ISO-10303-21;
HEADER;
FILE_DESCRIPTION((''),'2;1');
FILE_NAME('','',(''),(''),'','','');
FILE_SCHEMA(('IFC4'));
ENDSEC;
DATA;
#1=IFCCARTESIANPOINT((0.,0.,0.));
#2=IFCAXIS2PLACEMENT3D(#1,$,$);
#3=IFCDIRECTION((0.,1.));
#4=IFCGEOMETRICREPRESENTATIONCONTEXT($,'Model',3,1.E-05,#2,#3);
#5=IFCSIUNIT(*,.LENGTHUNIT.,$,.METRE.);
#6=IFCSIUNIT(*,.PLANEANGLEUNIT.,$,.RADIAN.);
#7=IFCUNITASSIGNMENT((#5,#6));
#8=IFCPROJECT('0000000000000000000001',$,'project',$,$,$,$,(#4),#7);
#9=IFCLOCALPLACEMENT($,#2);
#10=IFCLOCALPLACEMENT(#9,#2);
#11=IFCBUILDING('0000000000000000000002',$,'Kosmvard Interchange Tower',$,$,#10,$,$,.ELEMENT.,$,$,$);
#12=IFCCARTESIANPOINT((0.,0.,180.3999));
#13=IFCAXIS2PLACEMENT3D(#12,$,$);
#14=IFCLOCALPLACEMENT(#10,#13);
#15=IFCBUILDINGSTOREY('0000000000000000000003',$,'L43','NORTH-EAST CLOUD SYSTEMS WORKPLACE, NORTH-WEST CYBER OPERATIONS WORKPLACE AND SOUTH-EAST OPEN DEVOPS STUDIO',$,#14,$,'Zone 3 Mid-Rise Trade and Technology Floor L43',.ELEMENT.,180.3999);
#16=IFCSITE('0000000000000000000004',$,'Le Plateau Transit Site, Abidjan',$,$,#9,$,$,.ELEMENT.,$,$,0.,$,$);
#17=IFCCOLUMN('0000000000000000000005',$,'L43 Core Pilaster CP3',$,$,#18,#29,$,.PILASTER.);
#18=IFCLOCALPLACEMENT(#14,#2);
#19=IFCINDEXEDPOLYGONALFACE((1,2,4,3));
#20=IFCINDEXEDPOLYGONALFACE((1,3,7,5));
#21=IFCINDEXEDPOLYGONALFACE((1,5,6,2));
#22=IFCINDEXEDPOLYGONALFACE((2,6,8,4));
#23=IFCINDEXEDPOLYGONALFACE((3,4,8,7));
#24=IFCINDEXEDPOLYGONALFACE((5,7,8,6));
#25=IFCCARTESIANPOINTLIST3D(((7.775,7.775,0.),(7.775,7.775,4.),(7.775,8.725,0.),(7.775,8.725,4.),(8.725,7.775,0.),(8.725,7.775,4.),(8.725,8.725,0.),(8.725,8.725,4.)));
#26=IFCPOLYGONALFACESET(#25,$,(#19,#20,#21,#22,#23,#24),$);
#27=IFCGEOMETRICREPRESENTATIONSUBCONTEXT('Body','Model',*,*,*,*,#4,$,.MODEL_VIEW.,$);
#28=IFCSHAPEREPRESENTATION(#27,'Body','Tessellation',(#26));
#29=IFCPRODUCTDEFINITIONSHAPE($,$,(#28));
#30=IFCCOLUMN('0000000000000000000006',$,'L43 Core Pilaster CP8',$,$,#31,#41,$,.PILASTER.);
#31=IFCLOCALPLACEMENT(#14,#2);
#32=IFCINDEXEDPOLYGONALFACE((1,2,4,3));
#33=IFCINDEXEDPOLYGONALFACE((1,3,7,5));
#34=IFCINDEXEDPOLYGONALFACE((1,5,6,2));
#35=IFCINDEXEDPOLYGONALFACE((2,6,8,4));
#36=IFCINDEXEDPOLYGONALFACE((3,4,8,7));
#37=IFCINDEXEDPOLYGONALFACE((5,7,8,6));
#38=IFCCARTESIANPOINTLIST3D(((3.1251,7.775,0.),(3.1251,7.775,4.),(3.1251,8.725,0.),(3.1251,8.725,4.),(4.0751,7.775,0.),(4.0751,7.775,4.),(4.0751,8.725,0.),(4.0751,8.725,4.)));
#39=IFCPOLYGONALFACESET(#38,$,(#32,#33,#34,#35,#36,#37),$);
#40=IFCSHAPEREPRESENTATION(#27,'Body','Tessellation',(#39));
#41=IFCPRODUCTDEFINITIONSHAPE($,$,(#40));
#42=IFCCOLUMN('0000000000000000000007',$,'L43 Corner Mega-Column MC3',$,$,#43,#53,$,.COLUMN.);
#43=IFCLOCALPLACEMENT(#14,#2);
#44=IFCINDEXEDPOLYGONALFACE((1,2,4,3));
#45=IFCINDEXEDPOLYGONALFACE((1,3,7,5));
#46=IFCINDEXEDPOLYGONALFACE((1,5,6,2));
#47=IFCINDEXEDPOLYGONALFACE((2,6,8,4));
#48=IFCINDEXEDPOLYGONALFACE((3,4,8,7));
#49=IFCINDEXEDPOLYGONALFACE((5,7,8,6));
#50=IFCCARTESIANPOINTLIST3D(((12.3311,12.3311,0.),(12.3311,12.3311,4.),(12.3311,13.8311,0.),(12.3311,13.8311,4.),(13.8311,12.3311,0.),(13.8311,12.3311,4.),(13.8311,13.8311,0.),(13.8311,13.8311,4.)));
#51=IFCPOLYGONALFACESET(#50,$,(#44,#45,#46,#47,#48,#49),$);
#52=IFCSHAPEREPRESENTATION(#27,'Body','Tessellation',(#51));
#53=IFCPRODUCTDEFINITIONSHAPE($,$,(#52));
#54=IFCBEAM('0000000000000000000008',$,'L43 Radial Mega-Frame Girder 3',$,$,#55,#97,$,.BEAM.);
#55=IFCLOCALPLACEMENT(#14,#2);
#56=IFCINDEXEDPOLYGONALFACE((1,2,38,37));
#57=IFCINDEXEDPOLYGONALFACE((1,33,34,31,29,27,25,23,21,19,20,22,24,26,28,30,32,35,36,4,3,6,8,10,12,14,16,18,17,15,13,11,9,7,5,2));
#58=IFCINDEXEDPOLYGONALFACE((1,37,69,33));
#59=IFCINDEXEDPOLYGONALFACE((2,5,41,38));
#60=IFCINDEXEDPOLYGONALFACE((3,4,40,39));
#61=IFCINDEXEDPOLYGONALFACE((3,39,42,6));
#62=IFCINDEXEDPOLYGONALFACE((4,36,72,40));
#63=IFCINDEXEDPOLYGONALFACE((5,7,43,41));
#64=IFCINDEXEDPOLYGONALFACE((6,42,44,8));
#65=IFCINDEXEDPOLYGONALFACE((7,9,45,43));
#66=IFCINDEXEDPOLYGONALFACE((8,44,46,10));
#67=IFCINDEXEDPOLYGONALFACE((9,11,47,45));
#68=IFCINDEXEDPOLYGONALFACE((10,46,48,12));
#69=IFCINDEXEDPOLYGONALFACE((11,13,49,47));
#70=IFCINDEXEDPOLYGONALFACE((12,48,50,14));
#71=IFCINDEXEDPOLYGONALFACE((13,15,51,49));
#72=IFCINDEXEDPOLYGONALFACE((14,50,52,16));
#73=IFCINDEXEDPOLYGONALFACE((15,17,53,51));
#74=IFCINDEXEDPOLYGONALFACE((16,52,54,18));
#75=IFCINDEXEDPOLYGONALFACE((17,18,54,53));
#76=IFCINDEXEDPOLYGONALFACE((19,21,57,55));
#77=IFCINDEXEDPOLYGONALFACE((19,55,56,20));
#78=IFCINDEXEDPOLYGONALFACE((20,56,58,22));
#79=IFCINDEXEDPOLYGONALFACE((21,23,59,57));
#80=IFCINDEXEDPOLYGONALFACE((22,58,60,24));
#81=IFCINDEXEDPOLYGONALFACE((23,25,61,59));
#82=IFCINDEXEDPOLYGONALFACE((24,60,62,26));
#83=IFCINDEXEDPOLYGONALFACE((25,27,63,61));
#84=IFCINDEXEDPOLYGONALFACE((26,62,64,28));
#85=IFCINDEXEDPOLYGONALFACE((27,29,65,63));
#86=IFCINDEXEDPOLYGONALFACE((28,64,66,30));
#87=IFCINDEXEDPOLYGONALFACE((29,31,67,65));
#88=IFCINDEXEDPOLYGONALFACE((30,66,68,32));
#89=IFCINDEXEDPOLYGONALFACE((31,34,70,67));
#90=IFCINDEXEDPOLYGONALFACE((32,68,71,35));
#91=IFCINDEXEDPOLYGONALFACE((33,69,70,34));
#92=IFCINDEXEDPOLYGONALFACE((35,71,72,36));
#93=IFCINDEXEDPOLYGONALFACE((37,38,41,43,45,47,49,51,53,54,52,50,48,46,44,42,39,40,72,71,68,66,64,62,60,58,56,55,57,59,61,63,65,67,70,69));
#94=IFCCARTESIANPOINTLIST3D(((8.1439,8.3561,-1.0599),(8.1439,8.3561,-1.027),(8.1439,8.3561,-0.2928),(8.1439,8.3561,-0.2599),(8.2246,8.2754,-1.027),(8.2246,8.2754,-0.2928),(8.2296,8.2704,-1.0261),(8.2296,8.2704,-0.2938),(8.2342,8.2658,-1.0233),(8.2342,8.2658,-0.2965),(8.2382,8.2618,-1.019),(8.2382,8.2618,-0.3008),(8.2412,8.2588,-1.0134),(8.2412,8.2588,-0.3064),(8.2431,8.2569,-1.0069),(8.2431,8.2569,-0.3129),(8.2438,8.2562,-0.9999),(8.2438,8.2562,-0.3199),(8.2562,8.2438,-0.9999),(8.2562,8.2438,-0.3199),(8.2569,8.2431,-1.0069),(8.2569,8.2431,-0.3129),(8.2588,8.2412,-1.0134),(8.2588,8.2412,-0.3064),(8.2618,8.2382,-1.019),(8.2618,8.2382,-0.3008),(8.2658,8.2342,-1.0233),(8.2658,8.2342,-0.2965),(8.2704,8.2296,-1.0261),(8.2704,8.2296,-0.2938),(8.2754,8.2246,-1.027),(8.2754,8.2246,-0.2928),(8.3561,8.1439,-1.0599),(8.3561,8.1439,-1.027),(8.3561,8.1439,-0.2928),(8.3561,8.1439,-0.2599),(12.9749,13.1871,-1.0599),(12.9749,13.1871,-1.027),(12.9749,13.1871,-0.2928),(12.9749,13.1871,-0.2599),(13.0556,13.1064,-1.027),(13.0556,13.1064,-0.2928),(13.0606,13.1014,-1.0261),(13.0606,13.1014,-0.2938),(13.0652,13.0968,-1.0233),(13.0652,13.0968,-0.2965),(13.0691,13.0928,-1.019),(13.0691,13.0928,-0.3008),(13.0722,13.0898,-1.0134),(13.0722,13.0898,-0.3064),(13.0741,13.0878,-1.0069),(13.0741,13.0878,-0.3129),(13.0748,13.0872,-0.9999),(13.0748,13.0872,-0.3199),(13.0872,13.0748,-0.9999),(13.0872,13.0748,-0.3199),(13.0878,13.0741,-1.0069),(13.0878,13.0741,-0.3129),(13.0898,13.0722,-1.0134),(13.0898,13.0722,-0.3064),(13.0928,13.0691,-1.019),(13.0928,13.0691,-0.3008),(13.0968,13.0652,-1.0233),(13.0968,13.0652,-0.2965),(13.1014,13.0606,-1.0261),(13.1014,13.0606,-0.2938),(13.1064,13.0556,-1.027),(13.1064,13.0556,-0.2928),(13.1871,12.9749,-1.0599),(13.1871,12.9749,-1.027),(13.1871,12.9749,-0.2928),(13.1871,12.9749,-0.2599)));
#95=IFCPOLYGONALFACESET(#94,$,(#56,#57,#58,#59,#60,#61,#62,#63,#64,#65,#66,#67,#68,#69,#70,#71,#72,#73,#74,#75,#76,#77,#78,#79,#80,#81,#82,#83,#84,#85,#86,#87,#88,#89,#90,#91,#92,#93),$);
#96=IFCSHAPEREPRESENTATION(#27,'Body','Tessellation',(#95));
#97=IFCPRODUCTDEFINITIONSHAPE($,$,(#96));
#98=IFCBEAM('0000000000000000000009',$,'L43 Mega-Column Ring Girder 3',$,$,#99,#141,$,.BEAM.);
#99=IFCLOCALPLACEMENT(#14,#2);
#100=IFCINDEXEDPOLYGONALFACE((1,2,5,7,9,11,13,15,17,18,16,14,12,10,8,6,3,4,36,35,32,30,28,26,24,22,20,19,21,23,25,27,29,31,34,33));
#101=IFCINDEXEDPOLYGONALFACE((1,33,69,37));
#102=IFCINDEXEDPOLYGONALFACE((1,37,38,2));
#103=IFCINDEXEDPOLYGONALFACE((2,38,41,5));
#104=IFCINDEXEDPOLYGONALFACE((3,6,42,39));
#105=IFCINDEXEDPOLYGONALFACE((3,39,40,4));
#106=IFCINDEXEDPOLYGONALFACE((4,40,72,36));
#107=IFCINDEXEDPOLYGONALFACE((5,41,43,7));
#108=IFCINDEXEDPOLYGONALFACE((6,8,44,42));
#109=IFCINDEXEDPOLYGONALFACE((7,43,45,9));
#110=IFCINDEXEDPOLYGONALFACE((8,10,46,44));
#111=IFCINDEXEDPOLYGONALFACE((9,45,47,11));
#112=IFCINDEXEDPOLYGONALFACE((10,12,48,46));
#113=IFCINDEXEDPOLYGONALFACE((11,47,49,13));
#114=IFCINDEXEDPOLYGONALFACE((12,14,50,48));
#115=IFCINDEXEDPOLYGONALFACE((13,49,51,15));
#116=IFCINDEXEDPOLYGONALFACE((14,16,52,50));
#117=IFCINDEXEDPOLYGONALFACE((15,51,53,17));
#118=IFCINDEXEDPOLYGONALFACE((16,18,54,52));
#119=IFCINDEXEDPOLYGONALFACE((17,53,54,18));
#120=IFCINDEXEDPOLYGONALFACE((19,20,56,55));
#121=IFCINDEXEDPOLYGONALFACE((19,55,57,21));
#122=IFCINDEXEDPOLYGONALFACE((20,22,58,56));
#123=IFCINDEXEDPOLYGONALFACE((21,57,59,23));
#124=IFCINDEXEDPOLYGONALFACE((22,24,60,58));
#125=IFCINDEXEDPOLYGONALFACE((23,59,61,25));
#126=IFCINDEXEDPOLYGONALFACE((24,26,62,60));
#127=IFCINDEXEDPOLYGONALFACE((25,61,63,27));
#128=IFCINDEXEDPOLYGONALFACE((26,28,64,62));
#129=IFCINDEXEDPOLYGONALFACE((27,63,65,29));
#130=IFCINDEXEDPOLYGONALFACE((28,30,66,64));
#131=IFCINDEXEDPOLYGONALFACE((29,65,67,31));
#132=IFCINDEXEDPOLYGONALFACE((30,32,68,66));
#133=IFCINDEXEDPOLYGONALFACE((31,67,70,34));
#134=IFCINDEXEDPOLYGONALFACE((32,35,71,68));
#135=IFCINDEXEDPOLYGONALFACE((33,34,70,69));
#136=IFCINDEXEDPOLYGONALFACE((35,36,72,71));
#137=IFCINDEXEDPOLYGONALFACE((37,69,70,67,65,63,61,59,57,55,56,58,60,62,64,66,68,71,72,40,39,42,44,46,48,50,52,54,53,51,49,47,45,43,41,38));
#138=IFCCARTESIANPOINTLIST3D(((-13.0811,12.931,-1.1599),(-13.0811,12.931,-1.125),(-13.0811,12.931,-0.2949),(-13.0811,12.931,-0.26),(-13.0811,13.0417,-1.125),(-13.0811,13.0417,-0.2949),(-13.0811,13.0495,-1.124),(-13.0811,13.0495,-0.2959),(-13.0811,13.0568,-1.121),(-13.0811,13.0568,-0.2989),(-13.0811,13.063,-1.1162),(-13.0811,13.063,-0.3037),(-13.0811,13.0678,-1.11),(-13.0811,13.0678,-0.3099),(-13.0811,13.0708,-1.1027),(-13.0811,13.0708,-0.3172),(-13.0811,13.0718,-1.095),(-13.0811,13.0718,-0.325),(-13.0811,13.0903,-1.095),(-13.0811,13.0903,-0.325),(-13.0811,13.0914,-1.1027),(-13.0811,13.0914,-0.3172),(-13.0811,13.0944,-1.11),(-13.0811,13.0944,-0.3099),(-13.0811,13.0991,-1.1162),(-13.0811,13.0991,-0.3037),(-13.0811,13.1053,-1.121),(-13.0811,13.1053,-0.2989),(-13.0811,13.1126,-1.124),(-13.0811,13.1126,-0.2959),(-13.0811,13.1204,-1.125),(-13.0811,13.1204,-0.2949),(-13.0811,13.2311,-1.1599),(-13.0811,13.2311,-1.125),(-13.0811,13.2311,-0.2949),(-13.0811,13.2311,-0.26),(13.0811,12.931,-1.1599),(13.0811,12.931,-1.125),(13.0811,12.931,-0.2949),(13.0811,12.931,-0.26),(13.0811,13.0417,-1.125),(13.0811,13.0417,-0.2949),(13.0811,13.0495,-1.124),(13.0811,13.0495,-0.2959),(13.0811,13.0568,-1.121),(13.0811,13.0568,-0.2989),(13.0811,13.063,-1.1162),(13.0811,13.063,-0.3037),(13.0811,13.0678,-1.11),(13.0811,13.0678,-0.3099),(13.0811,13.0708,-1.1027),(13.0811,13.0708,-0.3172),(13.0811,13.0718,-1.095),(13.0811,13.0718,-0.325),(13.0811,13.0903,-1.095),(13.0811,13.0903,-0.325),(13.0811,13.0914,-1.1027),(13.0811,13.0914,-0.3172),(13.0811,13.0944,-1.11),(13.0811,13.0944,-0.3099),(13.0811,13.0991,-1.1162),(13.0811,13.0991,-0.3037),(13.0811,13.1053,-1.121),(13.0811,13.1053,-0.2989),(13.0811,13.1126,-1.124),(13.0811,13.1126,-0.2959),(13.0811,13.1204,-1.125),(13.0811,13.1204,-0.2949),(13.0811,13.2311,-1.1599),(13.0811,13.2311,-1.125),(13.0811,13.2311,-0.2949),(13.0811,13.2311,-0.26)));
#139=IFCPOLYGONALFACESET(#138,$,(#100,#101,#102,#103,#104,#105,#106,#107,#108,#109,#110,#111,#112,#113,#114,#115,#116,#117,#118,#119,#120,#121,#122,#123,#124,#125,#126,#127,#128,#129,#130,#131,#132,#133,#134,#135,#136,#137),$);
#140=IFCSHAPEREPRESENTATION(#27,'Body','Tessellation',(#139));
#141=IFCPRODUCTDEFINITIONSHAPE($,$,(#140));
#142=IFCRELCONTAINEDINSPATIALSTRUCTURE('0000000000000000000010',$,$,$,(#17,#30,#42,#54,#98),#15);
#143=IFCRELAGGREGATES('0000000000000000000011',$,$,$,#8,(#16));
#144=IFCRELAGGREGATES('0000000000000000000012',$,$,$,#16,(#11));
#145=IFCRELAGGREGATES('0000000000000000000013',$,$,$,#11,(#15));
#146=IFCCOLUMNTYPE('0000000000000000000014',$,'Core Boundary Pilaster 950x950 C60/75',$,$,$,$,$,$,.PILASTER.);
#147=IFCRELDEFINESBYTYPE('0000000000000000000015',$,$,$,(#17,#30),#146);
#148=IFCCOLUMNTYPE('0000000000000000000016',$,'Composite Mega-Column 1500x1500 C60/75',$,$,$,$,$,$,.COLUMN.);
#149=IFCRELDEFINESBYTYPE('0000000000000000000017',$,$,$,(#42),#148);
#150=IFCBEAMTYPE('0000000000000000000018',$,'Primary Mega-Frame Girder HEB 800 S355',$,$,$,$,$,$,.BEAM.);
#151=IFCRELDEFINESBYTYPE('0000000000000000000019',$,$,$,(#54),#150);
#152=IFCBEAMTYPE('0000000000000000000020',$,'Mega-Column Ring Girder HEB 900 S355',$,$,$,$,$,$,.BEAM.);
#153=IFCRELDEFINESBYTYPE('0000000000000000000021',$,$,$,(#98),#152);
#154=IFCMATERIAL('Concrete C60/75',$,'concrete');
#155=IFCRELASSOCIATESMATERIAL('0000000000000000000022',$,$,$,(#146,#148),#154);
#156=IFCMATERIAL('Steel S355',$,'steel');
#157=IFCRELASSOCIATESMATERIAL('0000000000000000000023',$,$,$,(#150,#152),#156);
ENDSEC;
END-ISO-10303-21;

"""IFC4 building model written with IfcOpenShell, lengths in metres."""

from ifc_helpers import new_model, si_unit, direction, frame, origin, origin_2d, place, context, subcontext, project, spatial, rectangle, i_section, extrude, source, transform, mapped, material, material_profile, profile_set, type_object, element, save


model = new_model("IFC4")

# Units and contexts
model_context = context("Model", 3, precision=1e-05, world=origin(), true_north=direction((0.0, 1.0)))
body_context = subcontext(model_context, "Body", "Model", "MODEL_VIEW")
ifc_project = project(units=[si_unit("LENGTHUNIT", "METRE"), si_unit("PLANEANGLEUNIT", "RADIAN")], contexts=[model_context])

# Site, building, storey
site_placement = place(None, origin())
site = spatial("IfcSite", under=ifc_project, at=site_placement, Name="Le Plateau Transit Site, Abidjan", CompositionType="ELEMENT", RefElevation=0.0)
building_placement = place(site_placement, origin())
building = spatial("IfcBuilding", under=site, at=building_placement, Name="Kosmvard Interchange Tower", CompositionType="ELEMENT")
storey_placement = place(building_placement, frame((0.0, 0.0, 180.3999)))
storey = spatial("IfcBuildingStorey", under=building, at=storey_placement, Name="L43", Description="NORTH-EAST CLOUD SYSTEMS WORKPLACE, NORTH-WEST CYBER OPERATIONS WORKPLACE AND SOUTH-EAST OPEN DEVOPS STUDIO", LongName="Zone 3 Mid-Rise Trade and Technology Floor L43", CompositionType="ELEMENT", Elevation=180.3999)

# Columns
ifc_material_1 = material(Name="Concrete C60/75", Category="concrete")
ifc_material_profile_1 = material_profile(ifc_material_1, rectangle(XDim=0.95, YDim=0.95, at=origin_2d()), Name="CP 950x950")
ifc_profile_set_1 = profile_set([ifc_material_profile_1], Name="Concrete C60/75")
column_type_1 = type_object("IfcColumnType", Name="Core Boundary Pilaster 950x950 C60/75", PredefinedType="PILASTER", material=ifc_profile_set_1)
shared_shape_1 = source(origin(), body_context, "Body", "SweptSolid", [
    extrude(rectangle(XDim=0.95, YDim=0.95, at=origin_2d()), origin(), (0.0, 0.0, 1.0), 4.0),
])
for number, where, z_axis, x_axis, name in (
    (1, (8.25, 8.25, 0.0), (0.0, 0.0, 1.0), (1.0, 0.0, 0.0), "L43 Core Pilaster CP3"),
    (2, (3.6001, 8.25, 0.0), (0.0, 0.0, 1.0), (1.0, 0.0, 0.0), "L43 Core Pilaster CP8"),
):
    element("IfcColumn", number, at=place(storey_placement, frame(where, z_axis=z_axis, x_axis=x_axis)), inside=storey, type_object=column_type_1, Name=name, PredefinedType="PILASTER", context=body_context, shape_type="MappedRepresentation", body=[
        mapped(shared_shape_1, transform((0.0, 0.0, 0.0), scale=1.0)),
    ])
ifc_material_profile_2 = material_profile(ifc_material_1, rectangle(XDim=1.5, YDim=1.5, at=origin_2d()), Name="MC 1500x1500")
ifc_profile_set_2 = profile_set([ifc_material_profile_2], Name="Concrete C60/75")
column_type_2 = type_object("IfcColumnType", Name="Composite Mega-Column 1500x1500 C60/75", PredefinedType="COLUMN", material=ifc_profile_set_2)
shared_shape_2 = source(origin(), body_context, "Body", "SweptSolid", [
    extrude(rectangle(XDim=1.5, YDim=1.5, at=origin_2d()), origin(), (0.0, 0.0, 1.0), 4.0),
])
column_placement = place(storey_placement, frame((13.0811, 13.0811, 0.0), z_axis=(0.0, 0.0, 1.0), x_axis=(1.0, 0.0, 0.0)))
element("IfcColumn", 3, at=column_placement, inside=storey, type_object=column_type_2, Name="L43 Corner Mega-Column MC3", PredefinedType="COLUMN", context=body_context, shape_type="MappedRepresentation", body=[
    mapped(shared_shape_2, transform((0.0, 0.0, 0.0), scale=1.0)),
])

# Beams
ifc_material_2 = material(Name="Steel S355", Category="steel")
ifc_material_profile_3 = material_profile(ifc_material_2, i_section(OverallWidth=0.3, OverallDepth=0.8, WebThickness=0.0176, FlangeThickness=0.033, FilletRadius=0.0271, at=origin_2d()), Name="HEB 800")
ifc_profile_set_3 = profile_set([ifc_material_profile_3], Name="Steel S355")
beam_type_1 = type_object("IfcBeamType", Name="Primary Mega-Frame Girder HEB 800 S355", PredefinedType="BEAM", material=ifc_profile_set_3)
shared_shape_3 = source(origin(), body_context, "Body", "SweptSolid", [
    extrude(i_section(OverallWidth=0.3, OverallDepth=0.8, WebThickness=0.0176, FlangeThickness=0.033, FilletRadius=0.0271, at=origin_2d()), origin(), (0.0, 0.0, 1.0), 6.832),
])
beam_1_placement = place(storey_placement, frame((8.25, 8.25, -0.6599), z_axis=(0.707107, 0.707107, 0.0), x_axis=(-0.707107, 0.707107, 0.0)))
element("IfcBeam", 4, at=beam_1_placement, inside=storey, type_object=beam_type_1, Name="L43 Radial Mega-Frame Girder 3", PredefinedType="BEAM", context=body_context, shape_type="MappedRepresentation", body=[
    mapped(shared_shape_3, transform((0.0, 0.0, 0.0), scale=1.0)),
])
ifc_material_profile_4 = material_profile(ifc_material_2, i_section(OverallWidth=0.3, OverallDepth=0.8999, WebThickness=0.0186, FlangeThickness=0.0349, FilletRadius=0.03, at=origin_2d()), Name="HEB 900")
ifc_profile_set_4 = profile_set([ifc_material_profile_4], Name="Steel S355")
beam_type_2 = type_object("IfcBeamType", Name="Mega-Column Ring Girder HEB 900 S355", PredefinedType="BEAM", material=ifc_profile_set_4)
shared_shape_4 = source(origin(), body_context, "Body", "SweptSolid", [
    extrude(i_section(OverallWidth=0.3, OverallDepth=0.8999, WebThickness=0.0186, FlangeThickness=0.0349, FilletRadius=0.03, at=origin_2d()), origin(), (0.0, 0.0, 1.0), 26.1621),
])
beam_2_placement = place(storey_placement, frame((13.0811, 13.0811, -0.71), z_axis=(-1.0, 0.0, 0.0), x_axis=(0.0, -1.0, 0.0)))
element("IfcBeam", 5, at=beam_2_placement, inside=storey, type_object=beam_type_2, Name="L43 Mega-Column Ring Girder 3", PredefinedType="BEAM", context=body_context, shape_type="MappedRepresentation", body=[
    mapped(shared_shape_4, transform((0.0, 0.0, 0.0), scale=1.0)),
])

save(model, "model.ifc")
